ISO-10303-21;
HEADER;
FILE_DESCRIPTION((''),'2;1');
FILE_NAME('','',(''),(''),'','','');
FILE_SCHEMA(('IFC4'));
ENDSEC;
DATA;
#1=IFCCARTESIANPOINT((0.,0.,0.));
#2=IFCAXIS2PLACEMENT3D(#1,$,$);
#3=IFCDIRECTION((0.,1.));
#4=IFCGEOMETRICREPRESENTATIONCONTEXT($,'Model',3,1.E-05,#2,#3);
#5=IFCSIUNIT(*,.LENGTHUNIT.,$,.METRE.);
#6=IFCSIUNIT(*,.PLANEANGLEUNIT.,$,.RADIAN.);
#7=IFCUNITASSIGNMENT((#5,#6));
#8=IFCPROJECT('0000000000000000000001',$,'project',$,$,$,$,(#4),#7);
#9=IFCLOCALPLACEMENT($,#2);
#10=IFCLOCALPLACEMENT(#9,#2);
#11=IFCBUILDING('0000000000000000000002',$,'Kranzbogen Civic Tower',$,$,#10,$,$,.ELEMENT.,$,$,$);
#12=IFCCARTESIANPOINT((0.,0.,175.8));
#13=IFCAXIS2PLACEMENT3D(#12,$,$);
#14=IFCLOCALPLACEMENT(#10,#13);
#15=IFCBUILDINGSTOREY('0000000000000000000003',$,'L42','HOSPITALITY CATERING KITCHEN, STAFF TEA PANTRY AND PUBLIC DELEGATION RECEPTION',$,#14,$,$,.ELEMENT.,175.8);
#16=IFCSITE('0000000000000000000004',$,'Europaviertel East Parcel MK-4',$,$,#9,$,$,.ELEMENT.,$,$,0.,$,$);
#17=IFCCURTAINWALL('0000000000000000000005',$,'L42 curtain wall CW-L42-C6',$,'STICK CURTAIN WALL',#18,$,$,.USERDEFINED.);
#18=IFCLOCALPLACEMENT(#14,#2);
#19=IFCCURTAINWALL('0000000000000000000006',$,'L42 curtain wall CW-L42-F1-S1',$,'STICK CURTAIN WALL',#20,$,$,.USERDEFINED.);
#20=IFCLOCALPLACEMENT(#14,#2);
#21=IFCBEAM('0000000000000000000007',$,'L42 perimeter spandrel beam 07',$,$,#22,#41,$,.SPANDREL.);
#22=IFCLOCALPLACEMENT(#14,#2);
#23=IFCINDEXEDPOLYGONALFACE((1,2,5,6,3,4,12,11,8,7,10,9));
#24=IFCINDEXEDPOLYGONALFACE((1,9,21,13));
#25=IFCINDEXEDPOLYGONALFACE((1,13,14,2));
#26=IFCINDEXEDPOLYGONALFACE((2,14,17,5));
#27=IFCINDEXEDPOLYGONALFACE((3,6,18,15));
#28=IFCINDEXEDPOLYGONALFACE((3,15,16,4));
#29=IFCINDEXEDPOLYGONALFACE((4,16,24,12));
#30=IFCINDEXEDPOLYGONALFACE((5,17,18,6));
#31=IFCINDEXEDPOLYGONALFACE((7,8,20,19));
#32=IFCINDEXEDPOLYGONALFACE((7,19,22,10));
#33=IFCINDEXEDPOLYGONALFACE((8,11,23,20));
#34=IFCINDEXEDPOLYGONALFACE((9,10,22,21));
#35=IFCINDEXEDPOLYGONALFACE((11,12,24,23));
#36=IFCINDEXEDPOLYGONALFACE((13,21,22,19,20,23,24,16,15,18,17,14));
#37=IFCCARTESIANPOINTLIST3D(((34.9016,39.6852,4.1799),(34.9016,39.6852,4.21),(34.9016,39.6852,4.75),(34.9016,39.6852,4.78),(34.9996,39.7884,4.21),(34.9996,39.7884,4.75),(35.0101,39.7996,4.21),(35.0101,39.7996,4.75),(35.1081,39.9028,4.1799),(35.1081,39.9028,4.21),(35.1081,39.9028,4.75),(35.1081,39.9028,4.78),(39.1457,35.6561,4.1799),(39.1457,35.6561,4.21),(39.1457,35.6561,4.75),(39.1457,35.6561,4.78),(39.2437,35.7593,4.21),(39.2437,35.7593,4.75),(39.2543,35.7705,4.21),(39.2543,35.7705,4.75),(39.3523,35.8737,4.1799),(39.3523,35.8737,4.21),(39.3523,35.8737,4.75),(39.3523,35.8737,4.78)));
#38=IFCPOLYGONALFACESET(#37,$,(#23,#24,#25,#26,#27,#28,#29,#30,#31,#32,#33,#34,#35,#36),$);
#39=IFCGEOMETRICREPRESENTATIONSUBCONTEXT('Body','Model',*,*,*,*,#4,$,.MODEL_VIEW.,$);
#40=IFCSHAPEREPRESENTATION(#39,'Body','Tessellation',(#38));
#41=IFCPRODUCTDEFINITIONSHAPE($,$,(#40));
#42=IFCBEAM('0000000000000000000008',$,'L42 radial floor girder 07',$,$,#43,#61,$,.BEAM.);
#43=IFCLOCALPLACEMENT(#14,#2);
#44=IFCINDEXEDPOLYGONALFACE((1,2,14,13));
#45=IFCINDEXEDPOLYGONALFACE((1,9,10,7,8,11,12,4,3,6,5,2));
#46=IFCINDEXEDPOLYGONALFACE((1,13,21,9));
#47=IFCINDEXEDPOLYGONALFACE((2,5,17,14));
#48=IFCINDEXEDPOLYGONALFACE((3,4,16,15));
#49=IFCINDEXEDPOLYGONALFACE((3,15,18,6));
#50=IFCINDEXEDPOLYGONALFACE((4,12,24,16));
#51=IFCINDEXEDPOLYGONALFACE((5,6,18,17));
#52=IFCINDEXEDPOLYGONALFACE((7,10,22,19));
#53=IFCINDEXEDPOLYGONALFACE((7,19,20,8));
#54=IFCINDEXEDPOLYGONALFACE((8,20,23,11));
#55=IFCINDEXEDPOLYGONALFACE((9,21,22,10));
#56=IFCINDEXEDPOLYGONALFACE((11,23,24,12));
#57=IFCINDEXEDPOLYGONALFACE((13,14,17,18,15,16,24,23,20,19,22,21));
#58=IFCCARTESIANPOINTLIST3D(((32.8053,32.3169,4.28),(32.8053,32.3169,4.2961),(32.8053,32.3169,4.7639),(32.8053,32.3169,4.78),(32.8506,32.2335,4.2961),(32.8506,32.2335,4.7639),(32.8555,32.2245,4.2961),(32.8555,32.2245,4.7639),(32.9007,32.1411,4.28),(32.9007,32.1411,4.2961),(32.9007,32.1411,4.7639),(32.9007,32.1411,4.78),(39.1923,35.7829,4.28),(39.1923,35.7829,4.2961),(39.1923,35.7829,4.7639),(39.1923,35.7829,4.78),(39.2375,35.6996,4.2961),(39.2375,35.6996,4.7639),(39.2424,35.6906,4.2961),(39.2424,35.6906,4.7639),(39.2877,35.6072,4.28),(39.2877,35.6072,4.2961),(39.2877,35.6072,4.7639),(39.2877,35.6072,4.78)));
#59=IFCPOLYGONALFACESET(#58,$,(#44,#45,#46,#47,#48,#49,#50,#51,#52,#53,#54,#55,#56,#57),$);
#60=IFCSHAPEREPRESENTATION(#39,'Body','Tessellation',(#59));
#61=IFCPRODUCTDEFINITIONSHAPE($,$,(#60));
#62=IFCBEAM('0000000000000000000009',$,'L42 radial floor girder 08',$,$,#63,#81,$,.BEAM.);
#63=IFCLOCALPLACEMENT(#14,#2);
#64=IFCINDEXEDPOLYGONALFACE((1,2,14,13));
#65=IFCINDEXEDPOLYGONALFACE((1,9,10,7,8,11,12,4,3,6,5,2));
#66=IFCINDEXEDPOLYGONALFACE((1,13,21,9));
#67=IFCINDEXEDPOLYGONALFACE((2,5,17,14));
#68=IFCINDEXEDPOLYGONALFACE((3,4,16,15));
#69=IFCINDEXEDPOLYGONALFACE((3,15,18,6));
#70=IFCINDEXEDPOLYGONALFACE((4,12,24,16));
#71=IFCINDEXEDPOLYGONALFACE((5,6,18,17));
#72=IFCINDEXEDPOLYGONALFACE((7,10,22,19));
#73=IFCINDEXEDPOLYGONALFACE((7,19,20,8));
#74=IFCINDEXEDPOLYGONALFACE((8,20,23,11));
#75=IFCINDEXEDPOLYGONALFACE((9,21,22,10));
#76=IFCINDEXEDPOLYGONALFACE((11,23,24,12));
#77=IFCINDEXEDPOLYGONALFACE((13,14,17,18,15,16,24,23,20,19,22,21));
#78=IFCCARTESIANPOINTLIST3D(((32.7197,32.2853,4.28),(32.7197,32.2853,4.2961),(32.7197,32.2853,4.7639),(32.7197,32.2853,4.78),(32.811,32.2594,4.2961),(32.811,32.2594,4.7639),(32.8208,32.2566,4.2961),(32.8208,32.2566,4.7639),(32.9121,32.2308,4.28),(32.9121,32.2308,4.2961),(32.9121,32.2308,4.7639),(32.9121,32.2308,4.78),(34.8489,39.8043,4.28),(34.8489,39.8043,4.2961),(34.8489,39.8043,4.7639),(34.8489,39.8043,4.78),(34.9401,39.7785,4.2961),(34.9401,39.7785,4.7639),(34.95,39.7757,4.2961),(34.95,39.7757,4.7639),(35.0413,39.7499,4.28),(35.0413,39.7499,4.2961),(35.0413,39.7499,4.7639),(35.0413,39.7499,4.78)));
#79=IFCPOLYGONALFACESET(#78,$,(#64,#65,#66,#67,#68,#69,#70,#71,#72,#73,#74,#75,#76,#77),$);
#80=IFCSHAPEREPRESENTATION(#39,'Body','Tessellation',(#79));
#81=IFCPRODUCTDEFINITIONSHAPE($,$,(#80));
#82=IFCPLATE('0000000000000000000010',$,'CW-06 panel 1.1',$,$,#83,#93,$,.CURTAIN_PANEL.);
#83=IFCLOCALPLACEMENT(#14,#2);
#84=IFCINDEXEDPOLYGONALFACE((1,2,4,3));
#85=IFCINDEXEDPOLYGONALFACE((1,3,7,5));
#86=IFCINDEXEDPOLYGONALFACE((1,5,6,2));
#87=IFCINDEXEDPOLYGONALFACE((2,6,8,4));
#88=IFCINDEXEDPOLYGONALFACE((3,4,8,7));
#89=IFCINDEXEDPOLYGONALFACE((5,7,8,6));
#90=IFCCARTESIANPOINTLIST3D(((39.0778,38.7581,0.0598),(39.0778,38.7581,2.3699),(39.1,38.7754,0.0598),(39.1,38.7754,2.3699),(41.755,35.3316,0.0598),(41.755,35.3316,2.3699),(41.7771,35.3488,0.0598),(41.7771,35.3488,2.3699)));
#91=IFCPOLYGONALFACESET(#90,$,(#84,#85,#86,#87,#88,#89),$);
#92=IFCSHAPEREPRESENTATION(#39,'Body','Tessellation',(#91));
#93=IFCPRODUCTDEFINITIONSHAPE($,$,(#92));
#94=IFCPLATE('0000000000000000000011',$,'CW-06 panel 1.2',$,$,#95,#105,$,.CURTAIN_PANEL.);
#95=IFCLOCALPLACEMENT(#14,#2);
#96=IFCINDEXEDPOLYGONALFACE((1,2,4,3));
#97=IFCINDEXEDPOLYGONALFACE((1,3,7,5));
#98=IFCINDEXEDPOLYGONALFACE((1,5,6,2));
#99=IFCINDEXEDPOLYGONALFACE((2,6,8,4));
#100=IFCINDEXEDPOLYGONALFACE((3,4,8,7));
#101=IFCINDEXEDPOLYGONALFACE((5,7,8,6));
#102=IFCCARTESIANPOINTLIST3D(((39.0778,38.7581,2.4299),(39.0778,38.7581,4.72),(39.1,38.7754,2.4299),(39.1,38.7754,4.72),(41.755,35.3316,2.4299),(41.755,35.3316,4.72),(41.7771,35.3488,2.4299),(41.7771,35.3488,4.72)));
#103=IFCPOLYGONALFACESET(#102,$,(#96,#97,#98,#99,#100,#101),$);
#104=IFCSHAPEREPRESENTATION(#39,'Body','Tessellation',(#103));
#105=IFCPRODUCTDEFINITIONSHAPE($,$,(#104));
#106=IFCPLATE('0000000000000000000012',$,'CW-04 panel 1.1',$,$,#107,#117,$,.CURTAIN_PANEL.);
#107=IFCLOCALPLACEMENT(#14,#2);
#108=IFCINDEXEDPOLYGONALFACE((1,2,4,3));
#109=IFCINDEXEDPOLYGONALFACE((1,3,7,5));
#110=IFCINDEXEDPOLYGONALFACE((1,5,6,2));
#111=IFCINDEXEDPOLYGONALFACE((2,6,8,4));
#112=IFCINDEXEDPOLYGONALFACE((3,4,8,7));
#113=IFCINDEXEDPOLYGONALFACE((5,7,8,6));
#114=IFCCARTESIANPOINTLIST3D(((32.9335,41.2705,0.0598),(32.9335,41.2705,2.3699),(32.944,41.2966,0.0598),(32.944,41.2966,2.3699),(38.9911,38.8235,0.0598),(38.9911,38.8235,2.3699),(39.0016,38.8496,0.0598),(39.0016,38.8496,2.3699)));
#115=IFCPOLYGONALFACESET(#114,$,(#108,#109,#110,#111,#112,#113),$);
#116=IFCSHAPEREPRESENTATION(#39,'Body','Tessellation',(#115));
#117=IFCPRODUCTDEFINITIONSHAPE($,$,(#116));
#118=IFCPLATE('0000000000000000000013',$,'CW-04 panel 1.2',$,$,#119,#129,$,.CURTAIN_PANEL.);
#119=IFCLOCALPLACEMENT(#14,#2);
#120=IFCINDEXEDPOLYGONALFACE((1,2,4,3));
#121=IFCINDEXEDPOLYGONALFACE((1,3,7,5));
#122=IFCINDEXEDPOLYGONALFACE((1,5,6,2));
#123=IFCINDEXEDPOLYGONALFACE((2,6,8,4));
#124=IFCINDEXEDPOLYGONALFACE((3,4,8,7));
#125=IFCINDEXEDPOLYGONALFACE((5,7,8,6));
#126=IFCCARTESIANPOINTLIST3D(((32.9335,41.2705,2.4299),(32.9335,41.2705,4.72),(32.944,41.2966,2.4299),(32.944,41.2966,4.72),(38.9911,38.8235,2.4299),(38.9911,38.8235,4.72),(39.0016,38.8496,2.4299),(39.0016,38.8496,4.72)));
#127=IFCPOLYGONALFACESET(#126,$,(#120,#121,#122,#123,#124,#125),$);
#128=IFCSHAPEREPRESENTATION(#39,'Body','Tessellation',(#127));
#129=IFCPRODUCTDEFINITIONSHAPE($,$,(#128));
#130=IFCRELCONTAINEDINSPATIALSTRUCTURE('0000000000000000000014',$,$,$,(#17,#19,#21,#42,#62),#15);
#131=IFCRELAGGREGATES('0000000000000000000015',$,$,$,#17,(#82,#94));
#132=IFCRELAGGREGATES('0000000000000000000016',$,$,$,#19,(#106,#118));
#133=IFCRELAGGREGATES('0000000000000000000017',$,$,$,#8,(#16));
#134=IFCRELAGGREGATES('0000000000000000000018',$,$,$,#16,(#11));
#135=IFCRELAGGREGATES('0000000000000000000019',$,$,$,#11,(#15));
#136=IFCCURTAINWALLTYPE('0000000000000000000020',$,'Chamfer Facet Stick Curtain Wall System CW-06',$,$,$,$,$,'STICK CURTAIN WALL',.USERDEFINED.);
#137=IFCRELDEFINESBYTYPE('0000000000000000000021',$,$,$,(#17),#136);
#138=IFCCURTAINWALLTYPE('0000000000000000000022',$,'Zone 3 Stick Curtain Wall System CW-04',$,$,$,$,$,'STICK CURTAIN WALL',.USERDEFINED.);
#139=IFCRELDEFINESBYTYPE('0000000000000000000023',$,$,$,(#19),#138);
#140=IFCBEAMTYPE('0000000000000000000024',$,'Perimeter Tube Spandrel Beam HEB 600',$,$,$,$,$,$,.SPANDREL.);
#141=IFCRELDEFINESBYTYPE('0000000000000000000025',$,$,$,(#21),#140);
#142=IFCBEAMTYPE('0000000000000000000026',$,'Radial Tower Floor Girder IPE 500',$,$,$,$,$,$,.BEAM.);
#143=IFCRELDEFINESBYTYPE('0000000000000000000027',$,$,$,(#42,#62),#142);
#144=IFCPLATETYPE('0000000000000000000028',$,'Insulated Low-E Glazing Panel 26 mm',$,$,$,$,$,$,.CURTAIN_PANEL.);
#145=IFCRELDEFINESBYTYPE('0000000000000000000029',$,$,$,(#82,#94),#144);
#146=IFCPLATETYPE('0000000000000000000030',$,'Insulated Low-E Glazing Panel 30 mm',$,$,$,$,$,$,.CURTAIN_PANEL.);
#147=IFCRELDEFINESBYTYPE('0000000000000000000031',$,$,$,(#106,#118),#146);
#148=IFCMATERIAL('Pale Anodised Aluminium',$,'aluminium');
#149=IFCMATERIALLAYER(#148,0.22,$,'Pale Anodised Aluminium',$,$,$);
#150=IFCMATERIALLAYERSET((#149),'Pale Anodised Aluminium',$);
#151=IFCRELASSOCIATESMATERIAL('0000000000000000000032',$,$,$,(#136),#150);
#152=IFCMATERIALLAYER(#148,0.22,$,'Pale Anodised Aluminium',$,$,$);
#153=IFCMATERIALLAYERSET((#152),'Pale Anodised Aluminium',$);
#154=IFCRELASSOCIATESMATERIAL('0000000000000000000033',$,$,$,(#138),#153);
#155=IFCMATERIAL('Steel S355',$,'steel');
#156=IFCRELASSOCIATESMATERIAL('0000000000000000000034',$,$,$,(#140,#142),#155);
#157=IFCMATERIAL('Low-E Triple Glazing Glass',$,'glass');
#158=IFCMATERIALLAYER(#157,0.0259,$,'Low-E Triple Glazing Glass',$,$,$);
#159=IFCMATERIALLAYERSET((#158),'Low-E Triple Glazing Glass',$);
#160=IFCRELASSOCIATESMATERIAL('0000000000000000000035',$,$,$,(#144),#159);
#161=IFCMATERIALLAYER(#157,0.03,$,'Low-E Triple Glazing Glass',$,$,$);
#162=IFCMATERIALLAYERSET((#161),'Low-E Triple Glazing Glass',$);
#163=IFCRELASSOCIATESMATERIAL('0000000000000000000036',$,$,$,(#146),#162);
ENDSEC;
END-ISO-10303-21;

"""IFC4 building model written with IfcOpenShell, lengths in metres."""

from ifc_helpers import new_model, si_unit, direction, frame, origin, origin_2d, place, context, subcontext, project, spatial, rectangle, i_section, extrude, material, layer, layer_set, material_profile, profile_set, type_object, element, aggregate, save


model = new_model("IFC4")

# Units and contexts
model_context = context("Model", 3, precision=1e-05, world=origin(), true_north=direction((0.0, 1.0)))
body_context = subcontext(model_context, "Body", "Model", "MODEL_VIEW")
ifc_project = project(units=[si_unit("LENGTHUNIT", "METRE"), si_unit("PLANEANGLEUNIT", "RADIAN")], contexts=[model_context])

# Site, building, storey
site_placement = place(None, origin())
site = spatial("IfcSite", under=ifc_project, at=site_placement, Name="Europaviertel East Parcel MK-4", CompositionType="ELEMENT", RefElevation=0.0)
building_placement = place(site_placement, origin())
building = spatial("IfcBuilding", under=site, at=building_placement, Name="Kranzbogen Civic Tower", CompositionType="ELEMENT")
storey_placement = place(building_placement, frame((0.0, 0.0, 175.8)))
storey = spatial("IfcBuildingStorey", under=building, at=storey_placement, Name="L42", Description="HOSPITALITY CATERING KITCHEN, STAFF TEA PANTRY AND PUBLIC DELEGATION RECEPTION", CompositionType="ELEMENT", Elevation=175.8)

# Shared definitions
ifc_material_1 = material(Name="Steel S355", Category="steel")

# Curtain wall
ifc_material_2 = material(Name="Pale Anodised Aluminium", Category="aluminium")
ifc_layer_1 = layer(ifc_material_2, 0.22, Name="Pale Anodised Aluminium")
ifc_layer_set_1 = layer_set([ifc_layer_1], Name="Pale Anodised Aluminium")
curtain_wall_type_1 = type_object("IfcCurtainWallType", Name="Chamfer Facet Stick Curtain Wall System CW-06", ElementType="STICK CURTAIN WALL", PredefinedType="USERDEFINED", material=ifc_layer_set_1)
curtain_wall_1_placement = place(storey_placement, origin())
curtain_wall_1 = element("IfcCurtainWall", 1, at=curtain_wall_1_placement, inside=storey, type_object=curtain_wall_type_1, Name="L42 curtain wall CW-L42-C6", ObjectType="STICK CURTAIN WALL", PredefinedType="USERDEFINED")

# Curtain wall
ifc_layer_2 = layer(ifc_material_2, 0.22, Name="Pale Anodised Aluminium")
ifc_layer_set_2 = layer_set([ifc_layer_2], Name="Pale Anodised Aluminium")
curtain_wall_type_2 = type_object("IfcCurtainWallType", Name="Zone 3 Stick Curtain Wall System CW-04", ElementType="STICK CURTAIN WALL", PredefinedType="USERDEFINED", material=ifc_layer_set_2)
curtain_wall_2_placement = place(storey_placement, origin())
curtain_wall_2 = element("IfcCurtainWall", 2, at=curtain_wall_2_placement, inside=storey, type_object=curtain_wall_type_2, Name="L42 curtain wall CW-L42-F1-S1", ObjectType="STICK CURTAIN WALL", PredefinedType="USERDEFINED")

# Beams
ifc_material_profile_1 = material_profile(ifc_material_1, i_section(OverallWidth=0.3, OverallDepth=0.6001, WebThickness=0.0154, FlangeThickness=0.03, at=origin_2d()), Name="HEB 600")
ifc_profile_set_1 = profile_set([ifc_material_profile_1], Name="Steel S355")
beam_type_1 = type_object("IfcBeamType", Name="Perimeter Tube Spandrel Beam HEB 600", PredefinedType="SPANDREL", material=ifc_profile_set_1)
beam_1_placement = place(storey_placement, frame((39.249, 35.7649, 4.48), z_axis=(-0.725245, 0.688491, 0.0), x_axis=(-0.688491, -0.725245, 0.0)))
element("IfcBeam", 3, at=beam_1_placement, inside=storey, type_object=beam_type_1, Name="L42 perimeter spandrel beam 07", PredefinedType="SPANDREL", context=body_context, shape_type="SweptSolid", body=[
    extrude(i_section(OverallWidth=0.3, OverallDepth=0.6001, WebThickness=0.0154, FlangeThickness=0.03, at=origin_2d()), origin(), (0.0, 0.0, 1.0), 5.8521),
])
ifc_material_profile_2 = material_profile(ifc_material_1, i_section(OverallWidth=0.2, OverallDepth=0.5, WebThickness=0.0103, FlangeThickness=0.0161, at=origin_2d()), Name="IPE 500")
ifc_profile_set_2 = profile_set([ifc_material_profile_2], Name="Steel S355")
beam_type_2 = type_object("IfcBeamType", Name="Radial Tower Floor Girder IPE 500", PredefinedType="BEAM", material=ifc_profile_set_2)
beam_2_placement = place(storey_placement, frame((39.24, 35.6951, 4.53), z_axis=(-0.878919, -0.47697, 0.0), x_axis=(0.47697, -0.878919, 0.0)))
element("IfcBeam", 4, at=beam_2_placement, inside=storey, type_object=beam_type_2, Name="L42 radial floor girder 07", PredefinedType="BEAM", context=body_context, shape_type="SweptSolid", body=[
    extrude(i_section(OverallWidth=0.2, OverallDepth=0.5, WebThickness=0.0103, FlangeThickness=0.0161, at=origin_2d()), origin(), (0.0, 0.0, 1.0), 7.2668),
])
beam_3_placement = place(storey_placement, frame((34.9451, 39.7771, 4.53), z_axis=(-0.272455, -0.962169, 0.0), x_axis=(0.962169, -0.272455, 0.0)))
element("IfcBeam", 5, at=beam_3_placement, inside=storey, type_object=beam_type_2, Name="L42 radial floor girder 08", PredefinedType="BEAM", context=body_context, shape_type="SweptSolid", body=[
    extrude(i_section(OverallWidth=0.2, OverallDepth=0.5, WebThickness=0.0103, FlangeThickness=0.0161, at=origin_2d()), origin(), (0.0, 0.0, 1.0), 7.8147),
])

# Plates
ifc_material_3 = material(Name="Low-E Triple Glazing Glass", Category="glass")
ifc_layer_3 = layer(ifc_material_3, 0.0259, Name="Low-E Triple Glazing Glass")
ifc_layer_set_3 = layer_set([ifc_layer_3], Name="Low-E Triple Glazing Glass")
plate_type_1 = type_object("IfcPlateType", Name="Insulated Low-E Glazing Panel 26 mm", PredefinedType="CURTAIN_PANEL", material=ifc_layer_set_3)
plate_1_placement = place(storey_placement, frame((40.4275, 37.0535, 0.0598), z_axis=(0.0, 0.0, 1.0), x_axis=(-0.615674, 0.788001, 0.0)))
plate_1 = element("IfcPlate", 6, at=plate_1_placement, type_object=plate_type_1, Name="CW-06 panel 1.1", PredefinedType="CURTAIN_PANEL", context=body_context, shape_type="SweptSolid", body=[
    extrude(rectangle(XDim=4.3484, YDim=0.0281, at=origin_2d()), origin(), (0.0, 0.0, 1.0), 2.3101),
])
plate_2_placement = place(storey_placement, frame((40.4275, 37.0535, 2.4299), z_axis=(0.0, 0.0, 1.0), x_axis=(-0.615674, 0.788001, 0.0)))
plate_2 = element("IfcPlate", 7, at=plate_2_placement, type_object=plate_type_1, Name="CW-06 panel 1.2", PredefinedType="CURTAIN_PANEL", context=body_context, shape_type="SweptSolid", body=[
    extrude(rectangle(XDim=4.3484, YDim=0.0281, at=origin_2d()), origin(), (0.0, 0.0, 1.0), 2.29),
])
aggregate(curtain_wall_1, [plate_1, plate_2])
ifc_layer_4 = layer(ifc_material_3, 0.03, Name="Low-E Triple Glazing Glass")
ifc_layer_set_4 = layer_set([ifc_layer_4], Name="Low-E Triple Glazing Glass")
plate_type_2 = type_object("IfcPlateType", Name="Insulated Low-E Glazing Panel 30 mm", PredefinedType="CURTAIN_PANEL", material=ifc_layer_set_4)
plate_3_placement = place(storey_placement, frame((35.9675, 40.0601, 0.0598), z_axis=(0.0, 0.0, 1.0), x_axis=(-0.927207, 0.37455, 0.0)))
plate_3 = element("IfcPlate", 8, at=plate_3_placement, type_object=plate_type_2, Name="CW-04 panel 1.1", PredefinedType="CURTAIN_PANEL", context=body_context, shape_type="SweptSolid", body=[
    extrude(rectangle(XDim=6.5332, YDim=0.0281, at=origin_2d()), origin(), (0.0, 0.0, 1.0), 2.3101),
])
plate_4_placement = place(storey_placement, frame((35.9675, 40.0601, 2.4299), z_axis=(0.0, 0.0, 1.0), x_axis=(-0.927207, 0.37455, 0.0)))
plate_4 = element("IfcPlate", 9, at=plate_4_placement, type_object=plate_type_2, Name="CW-04 panel 1.2", PredefinedType="CURTAIN_PANEL", context=body_context, shape_type="SweptSolid", body=[
    extrude(rectangle(XDim=6.5332, YDim=0.0281, at=origin_2d()), origin(), (0.0, 0.0, 1.0), 2.29),
])
aggregate(curtain_wall_2, [plate_3, plate_4])

save(model, "model.ifc")
